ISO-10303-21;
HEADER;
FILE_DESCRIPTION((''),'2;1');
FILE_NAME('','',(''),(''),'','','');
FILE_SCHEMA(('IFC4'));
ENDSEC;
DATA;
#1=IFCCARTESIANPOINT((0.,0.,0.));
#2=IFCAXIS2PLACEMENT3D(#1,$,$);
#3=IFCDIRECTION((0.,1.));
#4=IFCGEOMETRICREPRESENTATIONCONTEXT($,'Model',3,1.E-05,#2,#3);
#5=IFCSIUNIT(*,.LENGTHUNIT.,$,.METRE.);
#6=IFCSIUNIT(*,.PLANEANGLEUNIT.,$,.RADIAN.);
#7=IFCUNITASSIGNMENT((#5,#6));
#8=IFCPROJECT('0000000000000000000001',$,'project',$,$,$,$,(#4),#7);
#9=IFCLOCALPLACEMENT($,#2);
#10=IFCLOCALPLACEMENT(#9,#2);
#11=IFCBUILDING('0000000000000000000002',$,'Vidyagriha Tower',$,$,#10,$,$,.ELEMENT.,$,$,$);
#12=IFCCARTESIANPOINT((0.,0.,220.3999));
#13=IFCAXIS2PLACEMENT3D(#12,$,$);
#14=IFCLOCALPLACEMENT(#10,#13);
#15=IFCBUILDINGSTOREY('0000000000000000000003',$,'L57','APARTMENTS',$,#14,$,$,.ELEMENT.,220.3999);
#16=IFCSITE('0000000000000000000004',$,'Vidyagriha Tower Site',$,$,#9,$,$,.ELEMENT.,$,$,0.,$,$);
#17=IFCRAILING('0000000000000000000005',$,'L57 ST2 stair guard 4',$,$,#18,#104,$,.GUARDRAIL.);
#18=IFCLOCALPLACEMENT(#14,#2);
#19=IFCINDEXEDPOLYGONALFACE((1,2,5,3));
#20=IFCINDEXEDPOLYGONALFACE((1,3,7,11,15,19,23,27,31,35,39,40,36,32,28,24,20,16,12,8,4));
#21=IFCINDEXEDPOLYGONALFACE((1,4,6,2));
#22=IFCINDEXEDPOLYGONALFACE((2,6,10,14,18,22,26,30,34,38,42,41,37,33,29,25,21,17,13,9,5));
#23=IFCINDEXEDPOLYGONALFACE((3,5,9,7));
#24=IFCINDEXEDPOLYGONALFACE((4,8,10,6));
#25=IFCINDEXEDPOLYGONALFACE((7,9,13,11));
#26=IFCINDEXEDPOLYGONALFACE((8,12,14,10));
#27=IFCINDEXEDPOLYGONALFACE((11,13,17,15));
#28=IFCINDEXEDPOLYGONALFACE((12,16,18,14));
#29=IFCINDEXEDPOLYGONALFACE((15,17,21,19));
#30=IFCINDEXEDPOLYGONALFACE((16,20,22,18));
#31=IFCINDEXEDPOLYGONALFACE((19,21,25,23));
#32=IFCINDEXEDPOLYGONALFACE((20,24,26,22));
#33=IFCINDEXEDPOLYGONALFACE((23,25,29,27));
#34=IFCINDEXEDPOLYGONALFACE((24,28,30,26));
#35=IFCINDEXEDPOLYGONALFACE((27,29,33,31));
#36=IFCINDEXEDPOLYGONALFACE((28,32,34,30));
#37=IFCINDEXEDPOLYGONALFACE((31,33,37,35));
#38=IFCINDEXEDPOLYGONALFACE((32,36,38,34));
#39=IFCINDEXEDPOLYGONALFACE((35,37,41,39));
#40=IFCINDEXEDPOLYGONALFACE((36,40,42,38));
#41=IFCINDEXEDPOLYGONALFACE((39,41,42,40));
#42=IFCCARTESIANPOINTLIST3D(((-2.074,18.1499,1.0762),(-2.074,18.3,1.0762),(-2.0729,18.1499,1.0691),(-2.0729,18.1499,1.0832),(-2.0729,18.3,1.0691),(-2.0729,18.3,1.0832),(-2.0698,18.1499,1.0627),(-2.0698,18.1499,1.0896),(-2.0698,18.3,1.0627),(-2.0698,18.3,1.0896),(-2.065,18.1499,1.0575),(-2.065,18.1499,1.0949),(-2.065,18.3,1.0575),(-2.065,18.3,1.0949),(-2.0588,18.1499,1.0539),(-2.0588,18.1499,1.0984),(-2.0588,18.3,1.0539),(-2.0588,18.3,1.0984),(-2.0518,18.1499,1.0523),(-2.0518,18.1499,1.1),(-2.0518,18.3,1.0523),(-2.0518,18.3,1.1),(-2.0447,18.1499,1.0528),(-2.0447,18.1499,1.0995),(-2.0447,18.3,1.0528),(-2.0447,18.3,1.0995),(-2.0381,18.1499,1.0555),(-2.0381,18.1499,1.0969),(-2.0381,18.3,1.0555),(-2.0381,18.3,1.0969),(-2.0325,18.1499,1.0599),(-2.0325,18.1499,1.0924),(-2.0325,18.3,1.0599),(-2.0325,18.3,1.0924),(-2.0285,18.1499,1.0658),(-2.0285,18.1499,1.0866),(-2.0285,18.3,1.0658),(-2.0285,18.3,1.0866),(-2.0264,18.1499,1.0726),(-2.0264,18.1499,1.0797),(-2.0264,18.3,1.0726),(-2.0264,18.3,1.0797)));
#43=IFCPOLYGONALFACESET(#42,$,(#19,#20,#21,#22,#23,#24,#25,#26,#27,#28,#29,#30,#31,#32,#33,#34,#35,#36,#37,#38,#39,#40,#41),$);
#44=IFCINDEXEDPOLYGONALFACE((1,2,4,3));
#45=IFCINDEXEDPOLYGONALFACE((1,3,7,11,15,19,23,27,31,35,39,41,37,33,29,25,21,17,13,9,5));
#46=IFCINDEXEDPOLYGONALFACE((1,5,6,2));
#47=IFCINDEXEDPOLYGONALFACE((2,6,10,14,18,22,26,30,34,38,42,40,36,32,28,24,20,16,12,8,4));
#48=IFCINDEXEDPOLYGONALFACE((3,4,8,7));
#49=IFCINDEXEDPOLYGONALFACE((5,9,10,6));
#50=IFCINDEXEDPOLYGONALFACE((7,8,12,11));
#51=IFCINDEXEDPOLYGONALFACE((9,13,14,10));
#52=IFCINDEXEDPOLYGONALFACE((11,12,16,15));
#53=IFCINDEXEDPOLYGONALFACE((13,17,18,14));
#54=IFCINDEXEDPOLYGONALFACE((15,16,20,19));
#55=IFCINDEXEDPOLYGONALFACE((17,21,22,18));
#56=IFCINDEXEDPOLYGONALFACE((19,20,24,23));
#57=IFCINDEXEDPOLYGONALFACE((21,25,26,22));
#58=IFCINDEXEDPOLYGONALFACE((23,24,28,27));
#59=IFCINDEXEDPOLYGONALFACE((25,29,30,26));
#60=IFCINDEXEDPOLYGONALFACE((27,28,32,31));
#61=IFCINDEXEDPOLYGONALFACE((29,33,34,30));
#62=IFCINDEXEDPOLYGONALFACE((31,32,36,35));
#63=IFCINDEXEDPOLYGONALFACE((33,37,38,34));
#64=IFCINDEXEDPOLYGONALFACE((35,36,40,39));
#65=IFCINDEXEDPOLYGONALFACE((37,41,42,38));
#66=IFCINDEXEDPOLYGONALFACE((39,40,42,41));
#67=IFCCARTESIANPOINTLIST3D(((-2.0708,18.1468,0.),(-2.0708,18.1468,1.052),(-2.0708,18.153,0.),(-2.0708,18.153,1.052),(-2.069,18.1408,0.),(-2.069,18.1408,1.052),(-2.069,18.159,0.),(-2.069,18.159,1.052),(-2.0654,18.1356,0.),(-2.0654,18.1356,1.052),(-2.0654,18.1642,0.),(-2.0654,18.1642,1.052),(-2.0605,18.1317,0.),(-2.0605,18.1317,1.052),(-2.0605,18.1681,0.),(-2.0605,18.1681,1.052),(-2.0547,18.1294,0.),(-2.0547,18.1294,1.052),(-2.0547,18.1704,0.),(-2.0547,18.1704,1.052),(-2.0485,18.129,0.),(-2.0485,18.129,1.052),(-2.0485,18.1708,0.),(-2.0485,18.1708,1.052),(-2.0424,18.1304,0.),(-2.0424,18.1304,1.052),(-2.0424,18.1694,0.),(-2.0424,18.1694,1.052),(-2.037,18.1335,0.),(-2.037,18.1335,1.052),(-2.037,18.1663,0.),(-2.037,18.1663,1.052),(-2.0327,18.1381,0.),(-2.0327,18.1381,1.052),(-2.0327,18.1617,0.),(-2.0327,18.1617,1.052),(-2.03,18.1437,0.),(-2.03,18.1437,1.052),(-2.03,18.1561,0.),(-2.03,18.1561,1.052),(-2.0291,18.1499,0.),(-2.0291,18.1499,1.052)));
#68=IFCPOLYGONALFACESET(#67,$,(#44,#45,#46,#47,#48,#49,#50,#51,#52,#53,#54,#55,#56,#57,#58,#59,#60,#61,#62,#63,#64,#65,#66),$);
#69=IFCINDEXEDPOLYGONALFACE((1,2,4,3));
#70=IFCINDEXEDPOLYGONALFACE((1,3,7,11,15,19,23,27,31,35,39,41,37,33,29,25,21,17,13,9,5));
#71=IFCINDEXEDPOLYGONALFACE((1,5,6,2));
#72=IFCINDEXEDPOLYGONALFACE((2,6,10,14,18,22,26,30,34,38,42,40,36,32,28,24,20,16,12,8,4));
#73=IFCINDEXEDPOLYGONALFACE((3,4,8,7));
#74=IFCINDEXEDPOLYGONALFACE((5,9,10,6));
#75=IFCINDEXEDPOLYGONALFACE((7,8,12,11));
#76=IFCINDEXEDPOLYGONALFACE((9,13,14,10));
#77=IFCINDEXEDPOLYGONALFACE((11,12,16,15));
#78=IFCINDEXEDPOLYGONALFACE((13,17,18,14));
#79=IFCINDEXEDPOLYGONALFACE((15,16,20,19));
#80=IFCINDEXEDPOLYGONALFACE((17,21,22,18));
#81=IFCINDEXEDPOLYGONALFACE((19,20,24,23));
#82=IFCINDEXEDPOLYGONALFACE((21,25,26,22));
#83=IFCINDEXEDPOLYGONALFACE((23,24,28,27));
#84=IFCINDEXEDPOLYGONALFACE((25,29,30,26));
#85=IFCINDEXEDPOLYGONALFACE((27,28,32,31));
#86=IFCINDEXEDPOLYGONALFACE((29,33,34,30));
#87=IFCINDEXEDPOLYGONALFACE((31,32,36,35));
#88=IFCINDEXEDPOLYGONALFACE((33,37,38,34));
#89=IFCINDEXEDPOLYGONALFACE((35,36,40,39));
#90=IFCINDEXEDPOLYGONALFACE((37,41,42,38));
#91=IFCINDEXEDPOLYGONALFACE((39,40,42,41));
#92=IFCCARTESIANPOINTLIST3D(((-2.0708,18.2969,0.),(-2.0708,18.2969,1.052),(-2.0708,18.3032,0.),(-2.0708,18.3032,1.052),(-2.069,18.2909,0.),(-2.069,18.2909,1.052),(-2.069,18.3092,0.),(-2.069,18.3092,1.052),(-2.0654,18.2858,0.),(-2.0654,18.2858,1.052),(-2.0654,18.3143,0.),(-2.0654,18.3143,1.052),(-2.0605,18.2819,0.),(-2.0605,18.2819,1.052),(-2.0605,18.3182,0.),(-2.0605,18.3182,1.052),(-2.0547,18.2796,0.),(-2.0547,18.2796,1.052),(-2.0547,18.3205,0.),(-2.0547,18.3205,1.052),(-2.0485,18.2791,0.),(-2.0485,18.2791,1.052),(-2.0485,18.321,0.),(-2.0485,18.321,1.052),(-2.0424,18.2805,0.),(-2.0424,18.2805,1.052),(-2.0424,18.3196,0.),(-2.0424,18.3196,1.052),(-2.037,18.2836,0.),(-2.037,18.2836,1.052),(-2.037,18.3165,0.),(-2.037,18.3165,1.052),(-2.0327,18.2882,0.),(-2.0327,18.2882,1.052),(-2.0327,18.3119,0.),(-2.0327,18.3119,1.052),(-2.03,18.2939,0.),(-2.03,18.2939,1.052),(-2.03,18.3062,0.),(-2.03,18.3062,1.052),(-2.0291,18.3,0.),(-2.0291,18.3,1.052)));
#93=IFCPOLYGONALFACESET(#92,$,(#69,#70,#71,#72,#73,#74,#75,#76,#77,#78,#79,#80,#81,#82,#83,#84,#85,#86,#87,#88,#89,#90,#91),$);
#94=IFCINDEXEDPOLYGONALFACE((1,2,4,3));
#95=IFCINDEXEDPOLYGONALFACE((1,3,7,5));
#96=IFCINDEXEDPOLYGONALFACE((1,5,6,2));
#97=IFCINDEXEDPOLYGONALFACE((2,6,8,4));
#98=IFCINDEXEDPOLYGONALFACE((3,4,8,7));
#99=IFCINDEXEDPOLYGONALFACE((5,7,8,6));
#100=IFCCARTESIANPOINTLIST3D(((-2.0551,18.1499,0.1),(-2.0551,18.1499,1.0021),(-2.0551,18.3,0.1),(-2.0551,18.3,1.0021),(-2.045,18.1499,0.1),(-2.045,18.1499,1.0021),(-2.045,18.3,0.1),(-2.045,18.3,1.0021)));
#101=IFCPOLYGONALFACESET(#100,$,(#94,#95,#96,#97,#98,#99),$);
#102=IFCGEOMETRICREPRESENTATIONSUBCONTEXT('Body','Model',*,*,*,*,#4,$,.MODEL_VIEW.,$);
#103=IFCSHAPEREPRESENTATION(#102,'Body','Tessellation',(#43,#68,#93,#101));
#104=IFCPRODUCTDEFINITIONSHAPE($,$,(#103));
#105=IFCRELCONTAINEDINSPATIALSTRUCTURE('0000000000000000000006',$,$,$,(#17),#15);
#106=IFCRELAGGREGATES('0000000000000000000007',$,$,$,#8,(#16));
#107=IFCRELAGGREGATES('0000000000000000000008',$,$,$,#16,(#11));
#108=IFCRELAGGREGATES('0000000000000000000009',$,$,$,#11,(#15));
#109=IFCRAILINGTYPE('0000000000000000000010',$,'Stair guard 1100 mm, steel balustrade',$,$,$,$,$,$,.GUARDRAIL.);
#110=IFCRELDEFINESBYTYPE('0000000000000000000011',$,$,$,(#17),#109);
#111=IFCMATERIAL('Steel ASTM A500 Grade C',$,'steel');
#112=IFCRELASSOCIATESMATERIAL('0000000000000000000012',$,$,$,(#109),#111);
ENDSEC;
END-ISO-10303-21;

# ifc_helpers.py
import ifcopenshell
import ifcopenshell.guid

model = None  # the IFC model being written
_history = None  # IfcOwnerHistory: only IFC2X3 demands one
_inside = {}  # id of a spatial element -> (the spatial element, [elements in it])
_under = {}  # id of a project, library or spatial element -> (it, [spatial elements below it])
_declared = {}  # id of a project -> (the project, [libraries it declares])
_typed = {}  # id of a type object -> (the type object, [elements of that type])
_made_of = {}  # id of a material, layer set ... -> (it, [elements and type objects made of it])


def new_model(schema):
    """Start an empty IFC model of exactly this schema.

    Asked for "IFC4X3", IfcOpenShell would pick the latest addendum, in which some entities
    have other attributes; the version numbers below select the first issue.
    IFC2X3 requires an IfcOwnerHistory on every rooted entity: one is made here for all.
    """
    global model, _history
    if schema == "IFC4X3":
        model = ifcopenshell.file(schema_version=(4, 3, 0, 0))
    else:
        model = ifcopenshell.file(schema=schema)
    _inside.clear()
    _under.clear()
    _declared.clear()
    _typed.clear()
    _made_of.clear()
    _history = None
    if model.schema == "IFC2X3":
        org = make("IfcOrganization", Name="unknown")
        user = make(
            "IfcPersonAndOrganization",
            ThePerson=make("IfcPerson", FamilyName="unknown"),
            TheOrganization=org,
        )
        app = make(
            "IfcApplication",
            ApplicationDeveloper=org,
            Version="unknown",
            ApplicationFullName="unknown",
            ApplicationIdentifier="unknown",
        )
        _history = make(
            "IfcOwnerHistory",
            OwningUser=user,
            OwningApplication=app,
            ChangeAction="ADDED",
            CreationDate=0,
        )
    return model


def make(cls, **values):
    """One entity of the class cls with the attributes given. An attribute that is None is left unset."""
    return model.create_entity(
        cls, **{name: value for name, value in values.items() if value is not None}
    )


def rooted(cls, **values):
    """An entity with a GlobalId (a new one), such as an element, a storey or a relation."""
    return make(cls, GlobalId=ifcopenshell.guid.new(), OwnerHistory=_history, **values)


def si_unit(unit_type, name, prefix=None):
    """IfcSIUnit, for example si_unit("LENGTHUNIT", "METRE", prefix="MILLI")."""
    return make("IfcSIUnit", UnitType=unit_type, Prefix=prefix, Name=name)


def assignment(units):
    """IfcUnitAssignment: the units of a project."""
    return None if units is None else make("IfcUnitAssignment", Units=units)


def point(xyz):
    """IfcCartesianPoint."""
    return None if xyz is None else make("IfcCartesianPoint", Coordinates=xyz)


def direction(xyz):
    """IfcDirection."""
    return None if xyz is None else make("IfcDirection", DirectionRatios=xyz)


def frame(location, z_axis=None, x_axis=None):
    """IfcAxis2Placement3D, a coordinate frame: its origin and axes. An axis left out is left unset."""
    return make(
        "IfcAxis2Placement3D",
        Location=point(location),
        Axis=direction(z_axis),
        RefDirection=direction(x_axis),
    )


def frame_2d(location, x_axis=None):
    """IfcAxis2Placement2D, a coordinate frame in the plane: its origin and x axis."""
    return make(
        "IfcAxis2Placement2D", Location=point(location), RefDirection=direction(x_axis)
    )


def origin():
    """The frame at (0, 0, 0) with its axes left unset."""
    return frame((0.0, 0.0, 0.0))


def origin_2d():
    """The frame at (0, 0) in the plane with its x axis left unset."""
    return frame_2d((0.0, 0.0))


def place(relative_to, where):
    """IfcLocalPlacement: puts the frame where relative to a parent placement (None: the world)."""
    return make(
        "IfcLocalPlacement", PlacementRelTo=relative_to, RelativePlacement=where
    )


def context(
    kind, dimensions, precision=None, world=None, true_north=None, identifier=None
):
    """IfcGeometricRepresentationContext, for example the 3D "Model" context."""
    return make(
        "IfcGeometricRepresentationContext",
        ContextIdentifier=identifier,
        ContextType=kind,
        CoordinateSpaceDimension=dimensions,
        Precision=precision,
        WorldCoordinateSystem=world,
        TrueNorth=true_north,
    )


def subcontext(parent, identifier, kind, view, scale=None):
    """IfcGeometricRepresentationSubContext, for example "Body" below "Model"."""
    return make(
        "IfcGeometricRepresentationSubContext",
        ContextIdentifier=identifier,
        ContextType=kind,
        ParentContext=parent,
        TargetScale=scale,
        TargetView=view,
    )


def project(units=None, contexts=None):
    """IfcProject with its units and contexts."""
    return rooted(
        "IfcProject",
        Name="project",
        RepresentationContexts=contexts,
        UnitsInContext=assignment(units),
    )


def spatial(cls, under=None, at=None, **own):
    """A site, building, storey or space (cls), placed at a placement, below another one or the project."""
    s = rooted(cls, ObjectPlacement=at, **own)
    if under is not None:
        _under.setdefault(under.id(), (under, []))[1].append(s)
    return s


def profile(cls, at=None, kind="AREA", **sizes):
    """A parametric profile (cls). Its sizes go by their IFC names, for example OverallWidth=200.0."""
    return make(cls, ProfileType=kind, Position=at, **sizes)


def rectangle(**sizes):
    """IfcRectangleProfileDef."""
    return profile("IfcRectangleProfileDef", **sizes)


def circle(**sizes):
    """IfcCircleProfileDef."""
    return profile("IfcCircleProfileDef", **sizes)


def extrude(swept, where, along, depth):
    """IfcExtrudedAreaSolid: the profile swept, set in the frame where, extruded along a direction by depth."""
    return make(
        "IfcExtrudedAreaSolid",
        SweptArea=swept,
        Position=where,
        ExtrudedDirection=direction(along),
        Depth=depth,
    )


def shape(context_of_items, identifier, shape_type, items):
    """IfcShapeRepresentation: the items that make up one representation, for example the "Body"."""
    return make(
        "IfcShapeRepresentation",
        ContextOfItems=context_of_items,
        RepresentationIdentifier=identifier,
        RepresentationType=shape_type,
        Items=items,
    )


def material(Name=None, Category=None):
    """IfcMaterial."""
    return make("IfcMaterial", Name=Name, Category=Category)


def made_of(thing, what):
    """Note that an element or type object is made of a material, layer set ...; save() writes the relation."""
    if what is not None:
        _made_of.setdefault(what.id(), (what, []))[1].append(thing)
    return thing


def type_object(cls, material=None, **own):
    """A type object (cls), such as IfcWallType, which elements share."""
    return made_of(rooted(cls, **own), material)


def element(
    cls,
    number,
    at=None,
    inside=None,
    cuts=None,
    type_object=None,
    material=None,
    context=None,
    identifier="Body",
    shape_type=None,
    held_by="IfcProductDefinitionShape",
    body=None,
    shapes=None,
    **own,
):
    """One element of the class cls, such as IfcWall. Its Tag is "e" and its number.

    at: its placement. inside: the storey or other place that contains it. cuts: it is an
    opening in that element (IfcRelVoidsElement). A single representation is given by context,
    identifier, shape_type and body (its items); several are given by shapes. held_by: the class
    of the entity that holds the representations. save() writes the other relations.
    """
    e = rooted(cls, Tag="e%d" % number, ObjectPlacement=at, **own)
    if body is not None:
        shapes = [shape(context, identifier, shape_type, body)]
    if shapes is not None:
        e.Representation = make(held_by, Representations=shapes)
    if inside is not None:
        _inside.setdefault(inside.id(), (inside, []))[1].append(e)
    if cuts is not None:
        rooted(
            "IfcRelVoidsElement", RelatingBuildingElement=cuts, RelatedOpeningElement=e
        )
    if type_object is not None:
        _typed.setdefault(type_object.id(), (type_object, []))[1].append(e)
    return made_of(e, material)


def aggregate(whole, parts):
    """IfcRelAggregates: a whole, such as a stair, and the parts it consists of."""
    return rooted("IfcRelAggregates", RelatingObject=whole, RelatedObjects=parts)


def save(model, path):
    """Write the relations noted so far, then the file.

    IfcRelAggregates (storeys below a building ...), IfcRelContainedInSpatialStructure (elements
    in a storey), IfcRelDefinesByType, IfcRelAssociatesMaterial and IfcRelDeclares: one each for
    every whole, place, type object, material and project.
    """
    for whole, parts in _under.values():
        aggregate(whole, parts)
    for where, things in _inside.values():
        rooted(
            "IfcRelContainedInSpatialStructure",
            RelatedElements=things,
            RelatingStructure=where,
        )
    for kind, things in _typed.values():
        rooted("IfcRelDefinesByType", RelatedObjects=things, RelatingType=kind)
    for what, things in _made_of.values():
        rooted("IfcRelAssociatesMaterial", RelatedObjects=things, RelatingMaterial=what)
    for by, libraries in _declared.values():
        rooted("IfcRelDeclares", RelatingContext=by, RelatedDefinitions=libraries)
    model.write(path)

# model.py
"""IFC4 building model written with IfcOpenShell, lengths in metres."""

from ifc_helpers import new_model, si_unit, direction, frame, origin, origin_2d, place, context, subcontext, project, spatial, rectangle, circle, extrude, material, type_object, element, save


model = new_model("IFC4")

# Units and contexts
model_context = context("Model", 3, precision=1e-05, world=origin(), true_north=direction((0.0, 1.0)))
body_context = subcontext(model_context, "Body", "Model", "MODEL_VIEW")
ifc_project = project(units=[si_unit("LENGTHUNIT", "METRE"), si_unit("PLANEANGLEUNIT", "RADIAN")], contexts=[model_context])

# Site, building, storey
site_placement = place(None, origin())
site = spatial("IfcSite", under=ifc_project, at=site_placement, Name="Vidyagriha Tower Site", CompositionType="ELEMENT", RefElevation=0.0)
building_placement = place(site_placement, origin())
building = spatial("IfcBuilding", under=site, at=building_placement, Name="Vidyagriha Tower", CompositionType="ELEMENT")
storey_placement = place(building_placement, frame((0.0, 0.0, 220.3999)))
storey = spatial("IfcBuildingStorey", under=building, at=storey_placement, Name="L57", Description="APARTMENTS", CompositionType="ELEMENT", Elevation=220.3999)

# Railing
ifc_material_1 = material(Name="Steel ASTM A500 Grade C", Category="steel")
railing_type_1 = type_object("IfcRailingType", Name="Stair guard 1100 mm, steel balustrade", PredefinedType="GUARDRAIL", material=ifc_material_1)
railing_1_placement = place(storey_placement, frame((-2.05, 18.1499, 0.0)))
element("IfcRailing", 1, at=railing_1_placement, inside=storey, type_object=railing_type_1, Name="L57 ST2 stair guard 4", PredefinedType="GUARDRAIL", context=body_context, shape_type="SweptSolid", body=[
    extrude(circle(Radius=0.0239, at=origin_2d()), frame((0.0, 0.0, 1.0762), z_axis=(0.0, 1.0, 0.0), x_axis=(-1.0, 0.0, 0.0)), (0.0, 0.0, 1.0), 0.1501),
    extrude(circle(Radius=0.021, at=origin_2d()), origin(), (0.0, 0.0, 1.0), 1.052),
    extrude(circle(Radius=0.021, at=origin_2d()), frame((0.0, 0.1501, 0.0)), (0.0, 0.0, 1.0), 1.052),
    extrude(rectangle(XDim=0.01, YDim=0.9021, at=origin_2d()), frame((0.0, 0.0, 0.551), z_axis=(0.0, 1.0, 0.0), x_axis=(-1.0, 0.0, 0.0)), (0.0, 0.0, 1.0), 0.1501),
])

save(model, "model.ifc")
